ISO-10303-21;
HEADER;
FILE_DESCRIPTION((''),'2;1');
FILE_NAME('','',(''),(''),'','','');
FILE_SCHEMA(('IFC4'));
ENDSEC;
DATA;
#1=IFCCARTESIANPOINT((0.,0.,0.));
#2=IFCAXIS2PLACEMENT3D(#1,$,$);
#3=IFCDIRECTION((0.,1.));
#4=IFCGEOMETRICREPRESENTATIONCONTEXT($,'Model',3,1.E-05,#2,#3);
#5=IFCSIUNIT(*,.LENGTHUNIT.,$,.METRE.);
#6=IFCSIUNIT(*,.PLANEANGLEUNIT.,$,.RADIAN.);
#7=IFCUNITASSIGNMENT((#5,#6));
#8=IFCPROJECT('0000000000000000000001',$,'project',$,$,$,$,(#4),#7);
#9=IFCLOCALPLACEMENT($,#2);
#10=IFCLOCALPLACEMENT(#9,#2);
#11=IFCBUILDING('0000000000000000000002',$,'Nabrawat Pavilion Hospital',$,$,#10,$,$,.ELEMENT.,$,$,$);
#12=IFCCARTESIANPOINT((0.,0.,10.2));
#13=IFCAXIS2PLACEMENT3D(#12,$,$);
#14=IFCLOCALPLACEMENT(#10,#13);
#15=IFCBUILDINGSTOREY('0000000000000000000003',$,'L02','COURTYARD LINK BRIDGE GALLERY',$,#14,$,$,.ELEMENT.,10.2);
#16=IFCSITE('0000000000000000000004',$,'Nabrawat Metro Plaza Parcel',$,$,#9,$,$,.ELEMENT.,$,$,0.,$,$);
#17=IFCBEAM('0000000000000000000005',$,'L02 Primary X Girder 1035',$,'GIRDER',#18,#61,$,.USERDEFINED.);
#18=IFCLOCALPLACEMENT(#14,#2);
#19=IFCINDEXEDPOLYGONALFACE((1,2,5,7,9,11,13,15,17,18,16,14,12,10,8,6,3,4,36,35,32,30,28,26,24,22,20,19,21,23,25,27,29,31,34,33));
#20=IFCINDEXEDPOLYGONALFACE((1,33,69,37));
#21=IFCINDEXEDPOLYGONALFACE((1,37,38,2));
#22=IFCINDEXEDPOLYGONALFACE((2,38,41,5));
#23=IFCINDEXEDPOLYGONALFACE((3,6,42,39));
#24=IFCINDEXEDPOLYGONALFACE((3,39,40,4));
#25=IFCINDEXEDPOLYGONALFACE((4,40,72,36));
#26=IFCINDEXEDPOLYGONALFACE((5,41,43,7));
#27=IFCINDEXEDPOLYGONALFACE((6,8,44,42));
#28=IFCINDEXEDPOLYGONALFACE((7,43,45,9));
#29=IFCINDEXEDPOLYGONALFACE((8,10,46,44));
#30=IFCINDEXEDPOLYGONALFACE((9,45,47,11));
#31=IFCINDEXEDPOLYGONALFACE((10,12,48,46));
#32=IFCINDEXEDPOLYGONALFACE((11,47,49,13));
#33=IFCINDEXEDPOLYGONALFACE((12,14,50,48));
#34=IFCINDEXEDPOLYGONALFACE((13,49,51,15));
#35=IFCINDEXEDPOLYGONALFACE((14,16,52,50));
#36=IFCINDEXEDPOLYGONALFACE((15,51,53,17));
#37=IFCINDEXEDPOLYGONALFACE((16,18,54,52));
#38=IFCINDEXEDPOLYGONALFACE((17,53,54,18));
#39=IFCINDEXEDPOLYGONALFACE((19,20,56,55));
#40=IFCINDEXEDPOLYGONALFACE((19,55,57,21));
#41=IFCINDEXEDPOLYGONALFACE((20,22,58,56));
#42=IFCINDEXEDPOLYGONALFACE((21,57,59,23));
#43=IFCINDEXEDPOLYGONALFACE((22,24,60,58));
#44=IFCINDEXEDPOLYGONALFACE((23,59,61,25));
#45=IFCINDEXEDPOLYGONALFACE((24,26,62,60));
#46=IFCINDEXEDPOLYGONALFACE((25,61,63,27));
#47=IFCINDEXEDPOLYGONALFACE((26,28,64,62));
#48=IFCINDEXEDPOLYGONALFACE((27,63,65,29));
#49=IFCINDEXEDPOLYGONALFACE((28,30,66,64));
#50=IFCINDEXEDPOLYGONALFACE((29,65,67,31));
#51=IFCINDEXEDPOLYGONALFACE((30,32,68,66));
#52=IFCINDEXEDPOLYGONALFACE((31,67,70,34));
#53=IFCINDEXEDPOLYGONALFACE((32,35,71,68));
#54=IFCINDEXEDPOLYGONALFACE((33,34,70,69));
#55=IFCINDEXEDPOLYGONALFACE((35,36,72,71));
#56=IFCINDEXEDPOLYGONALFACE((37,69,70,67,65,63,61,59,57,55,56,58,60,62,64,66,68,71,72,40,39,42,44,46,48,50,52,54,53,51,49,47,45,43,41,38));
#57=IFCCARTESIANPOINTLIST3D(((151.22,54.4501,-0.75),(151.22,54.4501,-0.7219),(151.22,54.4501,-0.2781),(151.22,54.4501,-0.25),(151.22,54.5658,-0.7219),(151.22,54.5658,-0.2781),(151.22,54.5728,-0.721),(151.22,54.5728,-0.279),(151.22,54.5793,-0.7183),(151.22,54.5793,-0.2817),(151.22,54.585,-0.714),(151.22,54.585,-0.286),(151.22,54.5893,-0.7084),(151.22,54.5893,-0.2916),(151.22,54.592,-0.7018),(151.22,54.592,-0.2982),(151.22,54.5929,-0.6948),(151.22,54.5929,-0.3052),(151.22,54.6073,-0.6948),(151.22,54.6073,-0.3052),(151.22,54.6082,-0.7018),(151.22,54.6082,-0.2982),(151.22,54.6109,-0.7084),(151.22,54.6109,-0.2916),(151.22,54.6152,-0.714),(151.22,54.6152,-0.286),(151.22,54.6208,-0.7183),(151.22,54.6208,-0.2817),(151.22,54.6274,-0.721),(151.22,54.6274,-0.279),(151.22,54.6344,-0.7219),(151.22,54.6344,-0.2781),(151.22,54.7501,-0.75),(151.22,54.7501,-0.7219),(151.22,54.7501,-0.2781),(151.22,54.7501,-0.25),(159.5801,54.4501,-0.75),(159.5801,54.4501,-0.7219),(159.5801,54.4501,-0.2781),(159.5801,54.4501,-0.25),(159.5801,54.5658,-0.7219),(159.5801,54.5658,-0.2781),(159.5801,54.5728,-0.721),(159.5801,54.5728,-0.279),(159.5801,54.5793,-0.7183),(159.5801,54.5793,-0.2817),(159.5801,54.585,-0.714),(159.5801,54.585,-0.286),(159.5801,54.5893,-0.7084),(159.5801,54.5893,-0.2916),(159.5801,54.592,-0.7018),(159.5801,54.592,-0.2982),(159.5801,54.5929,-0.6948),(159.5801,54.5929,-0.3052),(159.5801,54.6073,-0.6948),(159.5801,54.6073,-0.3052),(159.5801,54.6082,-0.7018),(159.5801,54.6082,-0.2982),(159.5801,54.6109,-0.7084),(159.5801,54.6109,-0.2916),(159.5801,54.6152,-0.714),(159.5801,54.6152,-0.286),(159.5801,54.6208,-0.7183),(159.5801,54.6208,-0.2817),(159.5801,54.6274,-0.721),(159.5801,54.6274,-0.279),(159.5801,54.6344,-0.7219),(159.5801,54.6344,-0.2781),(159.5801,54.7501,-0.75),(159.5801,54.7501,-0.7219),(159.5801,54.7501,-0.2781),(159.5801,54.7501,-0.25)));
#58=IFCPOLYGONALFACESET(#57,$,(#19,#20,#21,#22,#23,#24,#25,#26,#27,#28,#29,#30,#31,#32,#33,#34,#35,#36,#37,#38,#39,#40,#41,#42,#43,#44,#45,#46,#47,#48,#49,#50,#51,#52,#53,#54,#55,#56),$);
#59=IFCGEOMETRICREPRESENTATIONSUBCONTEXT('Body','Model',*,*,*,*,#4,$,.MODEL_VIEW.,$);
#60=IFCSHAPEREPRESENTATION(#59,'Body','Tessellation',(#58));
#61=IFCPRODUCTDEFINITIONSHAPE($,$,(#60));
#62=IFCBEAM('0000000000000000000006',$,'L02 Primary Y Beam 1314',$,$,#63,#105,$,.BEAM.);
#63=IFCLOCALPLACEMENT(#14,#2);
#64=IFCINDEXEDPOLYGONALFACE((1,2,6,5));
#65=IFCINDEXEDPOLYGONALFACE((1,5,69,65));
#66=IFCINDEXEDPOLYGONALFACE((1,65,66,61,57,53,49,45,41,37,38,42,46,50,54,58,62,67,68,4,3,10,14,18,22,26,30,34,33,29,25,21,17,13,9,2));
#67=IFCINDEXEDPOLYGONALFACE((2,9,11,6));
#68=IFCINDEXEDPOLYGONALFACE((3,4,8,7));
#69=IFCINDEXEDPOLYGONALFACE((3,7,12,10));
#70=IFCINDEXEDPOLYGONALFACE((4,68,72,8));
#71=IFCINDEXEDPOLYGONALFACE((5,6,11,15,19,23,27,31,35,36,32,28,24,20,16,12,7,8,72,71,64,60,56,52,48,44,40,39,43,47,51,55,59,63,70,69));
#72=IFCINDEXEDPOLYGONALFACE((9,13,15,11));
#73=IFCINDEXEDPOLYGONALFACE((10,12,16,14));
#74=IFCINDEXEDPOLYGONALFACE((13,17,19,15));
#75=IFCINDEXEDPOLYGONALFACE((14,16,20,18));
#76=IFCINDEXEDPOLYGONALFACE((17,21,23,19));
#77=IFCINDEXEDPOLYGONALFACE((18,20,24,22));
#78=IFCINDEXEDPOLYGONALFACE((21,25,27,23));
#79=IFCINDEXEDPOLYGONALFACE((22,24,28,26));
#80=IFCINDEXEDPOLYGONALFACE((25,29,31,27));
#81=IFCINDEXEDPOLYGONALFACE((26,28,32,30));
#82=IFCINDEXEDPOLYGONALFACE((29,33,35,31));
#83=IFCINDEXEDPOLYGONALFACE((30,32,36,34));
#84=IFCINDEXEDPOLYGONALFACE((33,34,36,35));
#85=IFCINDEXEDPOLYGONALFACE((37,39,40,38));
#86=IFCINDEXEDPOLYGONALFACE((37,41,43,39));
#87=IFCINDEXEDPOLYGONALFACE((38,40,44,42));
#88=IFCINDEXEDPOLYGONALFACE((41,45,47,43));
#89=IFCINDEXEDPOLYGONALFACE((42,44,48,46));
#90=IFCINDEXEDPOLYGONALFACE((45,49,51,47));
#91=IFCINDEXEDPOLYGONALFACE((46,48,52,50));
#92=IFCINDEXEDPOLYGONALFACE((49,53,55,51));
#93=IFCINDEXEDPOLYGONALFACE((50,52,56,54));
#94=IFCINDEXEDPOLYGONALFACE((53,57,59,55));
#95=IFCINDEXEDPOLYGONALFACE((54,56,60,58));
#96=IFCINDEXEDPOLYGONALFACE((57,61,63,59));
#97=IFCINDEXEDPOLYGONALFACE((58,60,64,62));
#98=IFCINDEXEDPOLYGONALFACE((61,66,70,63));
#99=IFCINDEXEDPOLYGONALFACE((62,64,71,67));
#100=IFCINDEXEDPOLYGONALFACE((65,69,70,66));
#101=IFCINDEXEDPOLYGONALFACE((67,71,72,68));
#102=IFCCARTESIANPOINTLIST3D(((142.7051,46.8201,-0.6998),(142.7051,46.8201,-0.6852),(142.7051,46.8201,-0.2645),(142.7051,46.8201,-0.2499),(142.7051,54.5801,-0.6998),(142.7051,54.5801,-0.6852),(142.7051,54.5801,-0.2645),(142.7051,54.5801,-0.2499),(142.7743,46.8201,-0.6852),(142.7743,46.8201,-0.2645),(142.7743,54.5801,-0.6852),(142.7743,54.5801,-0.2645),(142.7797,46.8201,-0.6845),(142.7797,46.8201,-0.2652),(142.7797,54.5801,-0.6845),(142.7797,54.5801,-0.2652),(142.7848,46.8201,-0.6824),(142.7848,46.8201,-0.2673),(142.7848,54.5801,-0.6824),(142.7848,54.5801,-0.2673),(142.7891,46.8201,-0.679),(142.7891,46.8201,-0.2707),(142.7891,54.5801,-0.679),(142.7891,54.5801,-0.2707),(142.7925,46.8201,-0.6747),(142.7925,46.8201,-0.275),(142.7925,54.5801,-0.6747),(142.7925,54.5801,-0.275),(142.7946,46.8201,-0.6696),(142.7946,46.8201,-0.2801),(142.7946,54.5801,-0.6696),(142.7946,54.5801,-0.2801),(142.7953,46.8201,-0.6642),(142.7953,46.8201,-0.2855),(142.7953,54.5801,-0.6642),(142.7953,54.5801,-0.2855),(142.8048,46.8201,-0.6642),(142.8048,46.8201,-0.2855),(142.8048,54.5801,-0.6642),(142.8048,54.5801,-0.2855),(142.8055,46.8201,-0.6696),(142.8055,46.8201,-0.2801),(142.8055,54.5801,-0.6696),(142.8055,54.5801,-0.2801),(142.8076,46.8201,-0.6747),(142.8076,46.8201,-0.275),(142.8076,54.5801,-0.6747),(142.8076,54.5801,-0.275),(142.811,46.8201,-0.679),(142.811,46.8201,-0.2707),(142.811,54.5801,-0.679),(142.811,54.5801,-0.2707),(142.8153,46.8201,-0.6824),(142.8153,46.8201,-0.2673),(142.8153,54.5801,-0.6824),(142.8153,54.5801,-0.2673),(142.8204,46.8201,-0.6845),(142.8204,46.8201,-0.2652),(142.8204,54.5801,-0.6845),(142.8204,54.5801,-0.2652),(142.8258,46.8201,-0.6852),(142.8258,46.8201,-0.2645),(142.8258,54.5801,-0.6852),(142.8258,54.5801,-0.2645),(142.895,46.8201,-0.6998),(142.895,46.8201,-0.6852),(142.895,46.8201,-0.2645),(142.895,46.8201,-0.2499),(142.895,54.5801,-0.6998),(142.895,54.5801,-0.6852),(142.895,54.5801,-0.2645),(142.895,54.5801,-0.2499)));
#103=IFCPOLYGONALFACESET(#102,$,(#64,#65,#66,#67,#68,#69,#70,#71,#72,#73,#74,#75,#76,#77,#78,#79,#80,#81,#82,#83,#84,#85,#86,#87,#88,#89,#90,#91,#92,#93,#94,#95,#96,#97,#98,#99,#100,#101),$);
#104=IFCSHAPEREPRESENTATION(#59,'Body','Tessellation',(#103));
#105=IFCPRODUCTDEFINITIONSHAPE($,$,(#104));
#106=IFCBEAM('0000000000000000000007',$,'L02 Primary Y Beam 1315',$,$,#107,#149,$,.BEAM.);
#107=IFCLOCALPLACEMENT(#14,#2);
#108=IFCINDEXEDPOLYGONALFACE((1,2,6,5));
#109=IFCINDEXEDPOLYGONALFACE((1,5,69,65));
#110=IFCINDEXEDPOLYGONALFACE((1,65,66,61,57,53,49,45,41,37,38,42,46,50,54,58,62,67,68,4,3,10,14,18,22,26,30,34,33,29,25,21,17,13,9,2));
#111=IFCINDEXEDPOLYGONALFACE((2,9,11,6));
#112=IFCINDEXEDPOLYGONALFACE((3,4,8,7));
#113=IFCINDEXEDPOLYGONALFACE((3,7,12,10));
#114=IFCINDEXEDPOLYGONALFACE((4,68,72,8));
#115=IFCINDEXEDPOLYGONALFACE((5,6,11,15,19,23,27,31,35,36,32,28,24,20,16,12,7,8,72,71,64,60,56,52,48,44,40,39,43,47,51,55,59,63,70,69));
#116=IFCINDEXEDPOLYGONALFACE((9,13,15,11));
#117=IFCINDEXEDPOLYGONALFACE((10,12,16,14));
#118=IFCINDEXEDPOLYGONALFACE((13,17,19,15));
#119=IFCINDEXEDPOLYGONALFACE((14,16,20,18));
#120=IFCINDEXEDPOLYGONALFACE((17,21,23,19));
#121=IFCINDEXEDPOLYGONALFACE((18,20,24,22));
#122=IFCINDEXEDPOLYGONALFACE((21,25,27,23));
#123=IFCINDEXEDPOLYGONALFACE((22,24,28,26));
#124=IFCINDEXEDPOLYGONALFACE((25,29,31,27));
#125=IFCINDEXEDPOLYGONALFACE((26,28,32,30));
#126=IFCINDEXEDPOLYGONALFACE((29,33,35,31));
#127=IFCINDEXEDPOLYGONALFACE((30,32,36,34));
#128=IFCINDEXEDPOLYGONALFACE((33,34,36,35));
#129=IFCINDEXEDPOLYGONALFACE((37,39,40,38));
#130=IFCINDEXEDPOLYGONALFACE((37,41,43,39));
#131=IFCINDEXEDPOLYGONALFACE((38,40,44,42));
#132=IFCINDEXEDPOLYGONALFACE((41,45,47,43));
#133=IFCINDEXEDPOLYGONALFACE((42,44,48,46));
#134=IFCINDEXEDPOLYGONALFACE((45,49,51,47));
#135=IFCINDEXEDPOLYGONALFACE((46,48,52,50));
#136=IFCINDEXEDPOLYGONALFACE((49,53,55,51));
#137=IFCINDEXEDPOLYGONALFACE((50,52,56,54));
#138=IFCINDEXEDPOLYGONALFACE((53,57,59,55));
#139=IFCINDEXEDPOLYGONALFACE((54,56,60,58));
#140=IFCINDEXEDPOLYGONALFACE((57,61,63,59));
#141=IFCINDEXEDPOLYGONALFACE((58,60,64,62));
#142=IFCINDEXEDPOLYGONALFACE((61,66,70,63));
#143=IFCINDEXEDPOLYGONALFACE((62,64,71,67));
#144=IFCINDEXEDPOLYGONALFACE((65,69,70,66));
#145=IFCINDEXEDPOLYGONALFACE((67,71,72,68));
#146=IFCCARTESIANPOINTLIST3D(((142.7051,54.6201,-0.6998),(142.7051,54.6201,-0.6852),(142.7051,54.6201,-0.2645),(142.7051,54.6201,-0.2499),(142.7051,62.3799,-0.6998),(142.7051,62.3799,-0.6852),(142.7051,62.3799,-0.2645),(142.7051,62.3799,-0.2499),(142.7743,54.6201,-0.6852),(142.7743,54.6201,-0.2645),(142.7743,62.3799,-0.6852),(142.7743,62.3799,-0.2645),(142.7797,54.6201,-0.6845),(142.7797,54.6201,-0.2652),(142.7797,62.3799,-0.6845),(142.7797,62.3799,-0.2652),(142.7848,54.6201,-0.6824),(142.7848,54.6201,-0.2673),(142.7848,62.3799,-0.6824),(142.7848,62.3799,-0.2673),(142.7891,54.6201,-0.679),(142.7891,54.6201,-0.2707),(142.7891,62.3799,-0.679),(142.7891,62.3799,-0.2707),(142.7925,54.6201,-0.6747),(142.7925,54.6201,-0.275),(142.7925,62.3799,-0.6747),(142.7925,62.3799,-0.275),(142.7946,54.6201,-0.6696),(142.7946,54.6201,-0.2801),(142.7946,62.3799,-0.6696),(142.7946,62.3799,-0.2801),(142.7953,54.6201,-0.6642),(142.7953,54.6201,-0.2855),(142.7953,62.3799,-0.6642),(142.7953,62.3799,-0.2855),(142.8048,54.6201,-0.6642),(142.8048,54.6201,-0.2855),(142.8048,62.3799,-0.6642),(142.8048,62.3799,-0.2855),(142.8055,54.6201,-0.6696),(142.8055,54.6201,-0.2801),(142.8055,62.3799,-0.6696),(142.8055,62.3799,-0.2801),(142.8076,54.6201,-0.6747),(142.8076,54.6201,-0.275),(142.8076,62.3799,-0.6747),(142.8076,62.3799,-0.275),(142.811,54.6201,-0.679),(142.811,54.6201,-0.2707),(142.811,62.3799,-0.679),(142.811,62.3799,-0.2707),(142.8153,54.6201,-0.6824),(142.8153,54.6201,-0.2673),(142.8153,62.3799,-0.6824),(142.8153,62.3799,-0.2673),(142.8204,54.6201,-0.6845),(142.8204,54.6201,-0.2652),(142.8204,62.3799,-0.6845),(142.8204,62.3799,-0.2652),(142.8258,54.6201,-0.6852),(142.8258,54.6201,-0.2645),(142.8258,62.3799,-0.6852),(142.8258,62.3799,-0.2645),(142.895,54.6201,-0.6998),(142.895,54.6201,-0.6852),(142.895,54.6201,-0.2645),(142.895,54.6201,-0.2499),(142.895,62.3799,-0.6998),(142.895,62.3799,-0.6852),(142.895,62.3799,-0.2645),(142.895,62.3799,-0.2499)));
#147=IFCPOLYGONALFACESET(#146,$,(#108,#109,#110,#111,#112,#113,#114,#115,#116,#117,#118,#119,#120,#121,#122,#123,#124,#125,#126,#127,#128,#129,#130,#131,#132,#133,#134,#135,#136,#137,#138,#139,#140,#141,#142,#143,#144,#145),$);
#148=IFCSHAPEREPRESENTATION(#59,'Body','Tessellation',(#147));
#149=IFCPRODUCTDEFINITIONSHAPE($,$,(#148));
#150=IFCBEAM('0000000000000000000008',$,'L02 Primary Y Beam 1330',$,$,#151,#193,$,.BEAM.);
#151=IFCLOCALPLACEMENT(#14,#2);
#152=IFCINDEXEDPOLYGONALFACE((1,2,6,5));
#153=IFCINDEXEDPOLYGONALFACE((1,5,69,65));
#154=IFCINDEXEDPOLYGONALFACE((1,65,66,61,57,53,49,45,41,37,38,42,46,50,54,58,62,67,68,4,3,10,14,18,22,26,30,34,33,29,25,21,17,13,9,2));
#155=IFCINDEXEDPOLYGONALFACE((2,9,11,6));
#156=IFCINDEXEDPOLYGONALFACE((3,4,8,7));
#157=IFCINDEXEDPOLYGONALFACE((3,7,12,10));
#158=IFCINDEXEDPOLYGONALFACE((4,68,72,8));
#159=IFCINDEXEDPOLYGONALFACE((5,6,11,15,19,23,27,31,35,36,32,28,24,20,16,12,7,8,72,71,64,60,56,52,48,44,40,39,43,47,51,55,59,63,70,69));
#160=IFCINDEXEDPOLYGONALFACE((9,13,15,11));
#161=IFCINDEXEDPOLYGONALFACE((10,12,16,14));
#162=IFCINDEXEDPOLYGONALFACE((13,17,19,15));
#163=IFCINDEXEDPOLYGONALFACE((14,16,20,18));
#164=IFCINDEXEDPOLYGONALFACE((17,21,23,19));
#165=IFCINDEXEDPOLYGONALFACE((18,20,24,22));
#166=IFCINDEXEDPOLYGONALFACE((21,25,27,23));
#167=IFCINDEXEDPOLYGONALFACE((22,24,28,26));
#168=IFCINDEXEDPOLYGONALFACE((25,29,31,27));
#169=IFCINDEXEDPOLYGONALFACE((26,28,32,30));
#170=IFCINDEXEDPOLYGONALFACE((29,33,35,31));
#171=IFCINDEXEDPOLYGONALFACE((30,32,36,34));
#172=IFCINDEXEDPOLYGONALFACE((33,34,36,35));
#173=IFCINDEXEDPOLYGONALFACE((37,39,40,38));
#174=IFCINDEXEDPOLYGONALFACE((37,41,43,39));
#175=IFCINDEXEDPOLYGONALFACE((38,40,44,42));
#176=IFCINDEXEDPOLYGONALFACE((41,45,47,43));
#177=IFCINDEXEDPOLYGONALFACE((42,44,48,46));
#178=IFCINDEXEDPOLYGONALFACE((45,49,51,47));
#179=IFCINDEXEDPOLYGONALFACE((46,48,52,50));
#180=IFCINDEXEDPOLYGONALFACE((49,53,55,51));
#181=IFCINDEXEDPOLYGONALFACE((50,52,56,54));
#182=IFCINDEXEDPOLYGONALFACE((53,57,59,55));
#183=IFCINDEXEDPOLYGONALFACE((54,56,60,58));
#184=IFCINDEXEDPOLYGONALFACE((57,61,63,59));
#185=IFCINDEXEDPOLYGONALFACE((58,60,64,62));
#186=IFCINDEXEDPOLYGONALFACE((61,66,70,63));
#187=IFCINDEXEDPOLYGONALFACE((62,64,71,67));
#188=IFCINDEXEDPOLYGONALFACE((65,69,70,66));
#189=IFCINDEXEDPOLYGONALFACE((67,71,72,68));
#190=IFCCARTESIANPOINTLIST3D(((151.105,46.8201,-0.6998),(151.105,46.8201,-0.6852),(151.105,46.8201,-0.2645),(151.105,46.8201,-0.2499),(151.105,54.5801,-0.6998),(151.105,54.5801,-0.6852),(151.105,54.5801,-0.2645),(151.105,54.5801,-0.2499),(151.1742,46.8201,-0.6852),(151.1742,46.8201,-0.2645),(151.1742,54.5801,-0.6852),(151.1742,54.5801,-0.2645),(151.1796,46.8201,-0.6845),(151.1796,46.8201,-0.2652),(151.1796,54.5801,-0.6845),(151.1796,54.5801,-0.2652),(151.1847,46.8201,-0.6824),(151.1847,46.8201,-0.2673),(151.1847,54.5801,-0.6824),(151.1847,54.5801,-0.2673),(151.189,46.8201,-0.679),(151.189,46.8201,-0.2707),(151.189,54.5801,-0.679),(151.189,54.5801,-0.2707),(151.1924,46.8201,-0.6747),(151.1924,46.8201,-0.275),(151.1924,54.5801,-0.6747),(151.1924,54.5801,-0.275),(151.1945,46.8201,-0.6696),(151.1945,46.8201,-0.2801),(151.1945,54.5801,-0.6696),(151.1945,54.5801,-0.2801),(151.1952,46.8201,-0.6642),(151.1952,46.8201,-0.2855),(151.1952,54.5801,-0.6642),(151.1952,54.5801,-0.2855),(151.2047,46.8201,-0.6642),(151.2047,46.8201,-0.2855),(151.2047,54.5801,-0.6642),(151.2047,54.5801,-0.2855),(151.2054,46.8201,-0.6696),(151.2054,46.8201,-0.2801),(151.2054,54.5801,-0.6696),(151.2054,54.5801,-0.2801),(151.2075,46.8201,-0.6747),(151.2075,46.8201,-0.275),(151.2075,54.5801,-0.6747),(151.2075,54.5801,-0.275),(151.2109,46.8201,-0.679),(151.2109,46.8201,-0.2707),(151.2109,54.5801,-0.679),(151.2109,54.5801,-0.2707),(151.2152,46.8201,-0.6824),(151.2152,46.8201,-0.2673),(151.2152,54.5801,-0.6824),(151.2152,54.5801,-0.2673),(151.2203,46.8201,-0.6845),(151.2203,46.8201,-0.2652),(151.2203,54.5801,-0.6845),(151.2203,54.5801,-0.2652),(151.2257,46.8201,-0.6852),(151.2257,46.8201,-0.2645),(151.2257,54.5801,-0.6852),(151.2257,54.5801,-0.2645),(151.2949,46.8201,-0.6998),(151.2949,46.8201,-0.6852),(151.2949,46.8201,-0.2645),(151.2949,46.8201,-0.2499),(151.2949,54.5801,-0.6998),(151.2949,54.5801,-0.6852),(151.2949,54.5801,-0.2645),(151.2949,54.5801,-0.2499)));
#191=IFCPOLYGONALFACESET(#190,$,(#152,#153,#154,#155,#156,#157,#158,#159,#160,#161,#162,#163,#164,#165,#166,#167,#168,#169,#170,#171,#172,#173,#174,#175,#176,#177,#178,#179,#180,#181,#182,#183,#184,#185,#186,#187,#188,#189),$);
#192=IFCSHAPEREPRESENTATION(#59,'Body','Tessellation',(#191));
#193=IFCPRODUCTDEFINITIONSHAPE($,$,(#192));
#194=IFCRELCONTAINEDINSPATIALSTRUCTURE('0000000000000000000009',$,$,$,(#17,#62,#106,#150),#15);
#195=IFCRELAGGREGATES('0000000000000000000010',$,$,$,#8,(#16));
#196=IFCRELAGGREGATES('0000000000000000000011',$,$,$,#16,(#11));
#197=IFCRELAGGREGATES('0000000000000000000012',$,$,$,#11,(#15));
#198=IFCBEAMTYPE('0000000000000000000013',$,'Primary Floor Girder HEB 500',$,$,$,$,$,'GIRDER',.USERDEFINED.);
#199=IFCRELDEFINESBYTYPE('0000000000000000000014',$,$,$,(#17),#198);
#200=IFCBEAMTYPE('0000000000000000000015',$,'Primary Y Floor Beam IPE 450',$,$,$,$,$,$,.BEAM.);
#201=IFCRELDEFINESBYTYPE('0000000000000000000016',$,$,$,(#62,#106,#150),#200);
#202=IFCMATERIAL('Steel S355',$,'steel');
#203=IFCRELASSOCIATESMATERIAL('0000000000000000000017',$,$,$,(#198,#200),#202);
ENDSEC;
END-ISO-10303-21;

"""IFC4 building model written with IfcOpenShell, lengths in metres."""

from ifc_helpers import new_model, si_unit, direction, frame, origin, origin_2d, place, context, subcontext, project, spatial, i_section, extrude, material, material_profile, profile_set, type_object, element, save


model = new_model("IFC4")

# Units and contexts
model_context = context("Model", 3, precision=1e-05, world=origin(), true_north=direction((0.0, 1.0)))
body_context = subcontext(model_context, "Body", "Model", "MODEL_VIEW")
ifc_project = project(units=[si_unit("LENGTHUNIT", "METRE"), si_unit("PLANEANGLEUNIT", "RADIAN")], contexts=[model_context])

# Site, building, storey
site_placement = place(None, origin())
site = spatial("IfcSite", under=ifc_project, at=site_placement, Name="Nabrawat Metro Plaza Parcel", CompositionType="ELEMENT", RefElevation=0.0)
building_placement = place(site_placement, origin())
building = spatial("IfcBuilding", under=site, at=building_placement, Name="Nabrawat Pavilion Hospital", CompositionType="ELEMENT")
storey_placement = place(building_placement, frame((0.0, 0.0, 10.2)))
storey = spatial("IfcBuildingStorey", under=building, at=storey_placement, Name="L02", Description="COURTYARD LINK BRIDGE GALLERY", CompositionType="ELEMENT", Elevation=10.2)

# Shared definitions
ifc_material_1 = material(Name="Steel S355", Category="steel")

# Beams
ifc_material_profile_1 = material_profile(ifc_material_1, i_section(OverallWidth=0.3, OverallDepth=0.5, WebThickness=0.0144, FlangeThickness=0.0281, FilletRadius=0.0271, at=origin_2d()), Name="HEB 500")
ifc_profile_set_1 = profile_set([ifc_material_profile_1], Name="Steel S355")
beam_type_1 = type_object("IfcBeamType", Name="Primary Floor Girder HEB 500", ElementType="GIRDER", PredefinedType="USERDEFINED", material=ifc_profile_set_1)
beam_1_placement = place(storey_placement, frame((151.22, 54.6001, -0.5), z_axis=(1.0, 0.0, 0.0), x_axis=(0.0, 1.0, 0.0)))
element("IfcBeam", 1, at=beam_1_placement, inside=storey, type_object=beam_type_1, Name="L02 Primary X Girder 1035", ObjectType="GIRDER", PredefinedType="USERDEFINED", context=body_context, shape_type="SweptSolid", body=[
    extrude(i_section(OverallWidth=0.3, OverallDepth=0.5, WebThickness=0.0144, FlangeThickness=0.0281, FilletRadius=0.0271, at=origin_2d()), origin(), (0.0, 0.0, 1.0), 8.3601),
])
ifc_material_profile_2 = material_profile(ifc_material_1, i_section(OverallWidth=0.1899, OverallDepth=0.45, WebThickness=0.0095, FlangeThickness=0.0146, FilletRadius=0.021, at=origin_2d()), Name="IPE 450")
ifc_profile_set_2 = profile_set([ifc_material_profile_2], Name="Steel S355")
beam_type_2 = type_object("IfcBeamType", Name="Primary Y Floor Beam IPE 450", PredefinedType="BEAM", material=ifc_profile_set_2)
beam_2_placement = place(storey_placement, frame((142.8, 46.8201, -0.4749), z_axis=(0.0, 1.0, 0.0), x_axis=(-1.0, 0.0, 0.0)))
element("IfcBeam", 2, at=beam_2_placement, inside=storey, type_object=beam_type_2, Name="L02 Primary Y Beam 1314", PredefinedType="BEAM", context=body_context, shape_type="SweptSolid", body=[
    extrude(i_section(OverallWidth=0.1899, OverallDepth=0.45, WebThickness=0.0095, FlangeThickness=0.0146, FilletRadius=0.021, at=origin_2d()), origin(), (0.0, 0.0, 1.0), 7.76),
])
beam_3_placement = place(storey_placement, frame((142.8, 54.6201, -0.4749), z_axis=(0.0, 1.0, 0.0), x_axis=(-1.0, 0.0, 0.0)))
element("IfcBeam", 3, at=beam_3_placement, inside=storey, type_object=beam_type_2, Name="L02 Primary Y Beam 1315", PredefinedType="BEAM", context=body_context, shape_type="SweptSolid", body=[
    extrude(i_section(OverallWidth=0.1899, OverallDepth=0.45, WebThickness=0.0095, FlangeThickness=0.0146, FilletRadius=0.021, at=origin_2d()), origin(), (0.0, 0.0, 1.0), 7.7598),
])
beam_4_placement = place(storey_placement, frame((151.2, 46.8201, -0.4749), z_axis=(0.0, 1.0, 0.0), x_axis=(-1.0, 0.0, 0.0)))
element("IfcBeam", 4, at=beam_4_placement, inside=storey, type_object=beam_type_2, Name="L02 Primary Y Beam 1330", PredefinedType="BEAM", context=body_context, shape_type="SweptSolid", body=[
    extrude(i_section(OverallWidth=0.1899, OverallDepth=0.45, WebThickness=0.0095, FlangeThickness=0.0146, FilletRadius=0.021, at=origin_2d()), origin(), (0.0, 0.0, 1.0), 7.76),
])

save(model, "model.ifc")
